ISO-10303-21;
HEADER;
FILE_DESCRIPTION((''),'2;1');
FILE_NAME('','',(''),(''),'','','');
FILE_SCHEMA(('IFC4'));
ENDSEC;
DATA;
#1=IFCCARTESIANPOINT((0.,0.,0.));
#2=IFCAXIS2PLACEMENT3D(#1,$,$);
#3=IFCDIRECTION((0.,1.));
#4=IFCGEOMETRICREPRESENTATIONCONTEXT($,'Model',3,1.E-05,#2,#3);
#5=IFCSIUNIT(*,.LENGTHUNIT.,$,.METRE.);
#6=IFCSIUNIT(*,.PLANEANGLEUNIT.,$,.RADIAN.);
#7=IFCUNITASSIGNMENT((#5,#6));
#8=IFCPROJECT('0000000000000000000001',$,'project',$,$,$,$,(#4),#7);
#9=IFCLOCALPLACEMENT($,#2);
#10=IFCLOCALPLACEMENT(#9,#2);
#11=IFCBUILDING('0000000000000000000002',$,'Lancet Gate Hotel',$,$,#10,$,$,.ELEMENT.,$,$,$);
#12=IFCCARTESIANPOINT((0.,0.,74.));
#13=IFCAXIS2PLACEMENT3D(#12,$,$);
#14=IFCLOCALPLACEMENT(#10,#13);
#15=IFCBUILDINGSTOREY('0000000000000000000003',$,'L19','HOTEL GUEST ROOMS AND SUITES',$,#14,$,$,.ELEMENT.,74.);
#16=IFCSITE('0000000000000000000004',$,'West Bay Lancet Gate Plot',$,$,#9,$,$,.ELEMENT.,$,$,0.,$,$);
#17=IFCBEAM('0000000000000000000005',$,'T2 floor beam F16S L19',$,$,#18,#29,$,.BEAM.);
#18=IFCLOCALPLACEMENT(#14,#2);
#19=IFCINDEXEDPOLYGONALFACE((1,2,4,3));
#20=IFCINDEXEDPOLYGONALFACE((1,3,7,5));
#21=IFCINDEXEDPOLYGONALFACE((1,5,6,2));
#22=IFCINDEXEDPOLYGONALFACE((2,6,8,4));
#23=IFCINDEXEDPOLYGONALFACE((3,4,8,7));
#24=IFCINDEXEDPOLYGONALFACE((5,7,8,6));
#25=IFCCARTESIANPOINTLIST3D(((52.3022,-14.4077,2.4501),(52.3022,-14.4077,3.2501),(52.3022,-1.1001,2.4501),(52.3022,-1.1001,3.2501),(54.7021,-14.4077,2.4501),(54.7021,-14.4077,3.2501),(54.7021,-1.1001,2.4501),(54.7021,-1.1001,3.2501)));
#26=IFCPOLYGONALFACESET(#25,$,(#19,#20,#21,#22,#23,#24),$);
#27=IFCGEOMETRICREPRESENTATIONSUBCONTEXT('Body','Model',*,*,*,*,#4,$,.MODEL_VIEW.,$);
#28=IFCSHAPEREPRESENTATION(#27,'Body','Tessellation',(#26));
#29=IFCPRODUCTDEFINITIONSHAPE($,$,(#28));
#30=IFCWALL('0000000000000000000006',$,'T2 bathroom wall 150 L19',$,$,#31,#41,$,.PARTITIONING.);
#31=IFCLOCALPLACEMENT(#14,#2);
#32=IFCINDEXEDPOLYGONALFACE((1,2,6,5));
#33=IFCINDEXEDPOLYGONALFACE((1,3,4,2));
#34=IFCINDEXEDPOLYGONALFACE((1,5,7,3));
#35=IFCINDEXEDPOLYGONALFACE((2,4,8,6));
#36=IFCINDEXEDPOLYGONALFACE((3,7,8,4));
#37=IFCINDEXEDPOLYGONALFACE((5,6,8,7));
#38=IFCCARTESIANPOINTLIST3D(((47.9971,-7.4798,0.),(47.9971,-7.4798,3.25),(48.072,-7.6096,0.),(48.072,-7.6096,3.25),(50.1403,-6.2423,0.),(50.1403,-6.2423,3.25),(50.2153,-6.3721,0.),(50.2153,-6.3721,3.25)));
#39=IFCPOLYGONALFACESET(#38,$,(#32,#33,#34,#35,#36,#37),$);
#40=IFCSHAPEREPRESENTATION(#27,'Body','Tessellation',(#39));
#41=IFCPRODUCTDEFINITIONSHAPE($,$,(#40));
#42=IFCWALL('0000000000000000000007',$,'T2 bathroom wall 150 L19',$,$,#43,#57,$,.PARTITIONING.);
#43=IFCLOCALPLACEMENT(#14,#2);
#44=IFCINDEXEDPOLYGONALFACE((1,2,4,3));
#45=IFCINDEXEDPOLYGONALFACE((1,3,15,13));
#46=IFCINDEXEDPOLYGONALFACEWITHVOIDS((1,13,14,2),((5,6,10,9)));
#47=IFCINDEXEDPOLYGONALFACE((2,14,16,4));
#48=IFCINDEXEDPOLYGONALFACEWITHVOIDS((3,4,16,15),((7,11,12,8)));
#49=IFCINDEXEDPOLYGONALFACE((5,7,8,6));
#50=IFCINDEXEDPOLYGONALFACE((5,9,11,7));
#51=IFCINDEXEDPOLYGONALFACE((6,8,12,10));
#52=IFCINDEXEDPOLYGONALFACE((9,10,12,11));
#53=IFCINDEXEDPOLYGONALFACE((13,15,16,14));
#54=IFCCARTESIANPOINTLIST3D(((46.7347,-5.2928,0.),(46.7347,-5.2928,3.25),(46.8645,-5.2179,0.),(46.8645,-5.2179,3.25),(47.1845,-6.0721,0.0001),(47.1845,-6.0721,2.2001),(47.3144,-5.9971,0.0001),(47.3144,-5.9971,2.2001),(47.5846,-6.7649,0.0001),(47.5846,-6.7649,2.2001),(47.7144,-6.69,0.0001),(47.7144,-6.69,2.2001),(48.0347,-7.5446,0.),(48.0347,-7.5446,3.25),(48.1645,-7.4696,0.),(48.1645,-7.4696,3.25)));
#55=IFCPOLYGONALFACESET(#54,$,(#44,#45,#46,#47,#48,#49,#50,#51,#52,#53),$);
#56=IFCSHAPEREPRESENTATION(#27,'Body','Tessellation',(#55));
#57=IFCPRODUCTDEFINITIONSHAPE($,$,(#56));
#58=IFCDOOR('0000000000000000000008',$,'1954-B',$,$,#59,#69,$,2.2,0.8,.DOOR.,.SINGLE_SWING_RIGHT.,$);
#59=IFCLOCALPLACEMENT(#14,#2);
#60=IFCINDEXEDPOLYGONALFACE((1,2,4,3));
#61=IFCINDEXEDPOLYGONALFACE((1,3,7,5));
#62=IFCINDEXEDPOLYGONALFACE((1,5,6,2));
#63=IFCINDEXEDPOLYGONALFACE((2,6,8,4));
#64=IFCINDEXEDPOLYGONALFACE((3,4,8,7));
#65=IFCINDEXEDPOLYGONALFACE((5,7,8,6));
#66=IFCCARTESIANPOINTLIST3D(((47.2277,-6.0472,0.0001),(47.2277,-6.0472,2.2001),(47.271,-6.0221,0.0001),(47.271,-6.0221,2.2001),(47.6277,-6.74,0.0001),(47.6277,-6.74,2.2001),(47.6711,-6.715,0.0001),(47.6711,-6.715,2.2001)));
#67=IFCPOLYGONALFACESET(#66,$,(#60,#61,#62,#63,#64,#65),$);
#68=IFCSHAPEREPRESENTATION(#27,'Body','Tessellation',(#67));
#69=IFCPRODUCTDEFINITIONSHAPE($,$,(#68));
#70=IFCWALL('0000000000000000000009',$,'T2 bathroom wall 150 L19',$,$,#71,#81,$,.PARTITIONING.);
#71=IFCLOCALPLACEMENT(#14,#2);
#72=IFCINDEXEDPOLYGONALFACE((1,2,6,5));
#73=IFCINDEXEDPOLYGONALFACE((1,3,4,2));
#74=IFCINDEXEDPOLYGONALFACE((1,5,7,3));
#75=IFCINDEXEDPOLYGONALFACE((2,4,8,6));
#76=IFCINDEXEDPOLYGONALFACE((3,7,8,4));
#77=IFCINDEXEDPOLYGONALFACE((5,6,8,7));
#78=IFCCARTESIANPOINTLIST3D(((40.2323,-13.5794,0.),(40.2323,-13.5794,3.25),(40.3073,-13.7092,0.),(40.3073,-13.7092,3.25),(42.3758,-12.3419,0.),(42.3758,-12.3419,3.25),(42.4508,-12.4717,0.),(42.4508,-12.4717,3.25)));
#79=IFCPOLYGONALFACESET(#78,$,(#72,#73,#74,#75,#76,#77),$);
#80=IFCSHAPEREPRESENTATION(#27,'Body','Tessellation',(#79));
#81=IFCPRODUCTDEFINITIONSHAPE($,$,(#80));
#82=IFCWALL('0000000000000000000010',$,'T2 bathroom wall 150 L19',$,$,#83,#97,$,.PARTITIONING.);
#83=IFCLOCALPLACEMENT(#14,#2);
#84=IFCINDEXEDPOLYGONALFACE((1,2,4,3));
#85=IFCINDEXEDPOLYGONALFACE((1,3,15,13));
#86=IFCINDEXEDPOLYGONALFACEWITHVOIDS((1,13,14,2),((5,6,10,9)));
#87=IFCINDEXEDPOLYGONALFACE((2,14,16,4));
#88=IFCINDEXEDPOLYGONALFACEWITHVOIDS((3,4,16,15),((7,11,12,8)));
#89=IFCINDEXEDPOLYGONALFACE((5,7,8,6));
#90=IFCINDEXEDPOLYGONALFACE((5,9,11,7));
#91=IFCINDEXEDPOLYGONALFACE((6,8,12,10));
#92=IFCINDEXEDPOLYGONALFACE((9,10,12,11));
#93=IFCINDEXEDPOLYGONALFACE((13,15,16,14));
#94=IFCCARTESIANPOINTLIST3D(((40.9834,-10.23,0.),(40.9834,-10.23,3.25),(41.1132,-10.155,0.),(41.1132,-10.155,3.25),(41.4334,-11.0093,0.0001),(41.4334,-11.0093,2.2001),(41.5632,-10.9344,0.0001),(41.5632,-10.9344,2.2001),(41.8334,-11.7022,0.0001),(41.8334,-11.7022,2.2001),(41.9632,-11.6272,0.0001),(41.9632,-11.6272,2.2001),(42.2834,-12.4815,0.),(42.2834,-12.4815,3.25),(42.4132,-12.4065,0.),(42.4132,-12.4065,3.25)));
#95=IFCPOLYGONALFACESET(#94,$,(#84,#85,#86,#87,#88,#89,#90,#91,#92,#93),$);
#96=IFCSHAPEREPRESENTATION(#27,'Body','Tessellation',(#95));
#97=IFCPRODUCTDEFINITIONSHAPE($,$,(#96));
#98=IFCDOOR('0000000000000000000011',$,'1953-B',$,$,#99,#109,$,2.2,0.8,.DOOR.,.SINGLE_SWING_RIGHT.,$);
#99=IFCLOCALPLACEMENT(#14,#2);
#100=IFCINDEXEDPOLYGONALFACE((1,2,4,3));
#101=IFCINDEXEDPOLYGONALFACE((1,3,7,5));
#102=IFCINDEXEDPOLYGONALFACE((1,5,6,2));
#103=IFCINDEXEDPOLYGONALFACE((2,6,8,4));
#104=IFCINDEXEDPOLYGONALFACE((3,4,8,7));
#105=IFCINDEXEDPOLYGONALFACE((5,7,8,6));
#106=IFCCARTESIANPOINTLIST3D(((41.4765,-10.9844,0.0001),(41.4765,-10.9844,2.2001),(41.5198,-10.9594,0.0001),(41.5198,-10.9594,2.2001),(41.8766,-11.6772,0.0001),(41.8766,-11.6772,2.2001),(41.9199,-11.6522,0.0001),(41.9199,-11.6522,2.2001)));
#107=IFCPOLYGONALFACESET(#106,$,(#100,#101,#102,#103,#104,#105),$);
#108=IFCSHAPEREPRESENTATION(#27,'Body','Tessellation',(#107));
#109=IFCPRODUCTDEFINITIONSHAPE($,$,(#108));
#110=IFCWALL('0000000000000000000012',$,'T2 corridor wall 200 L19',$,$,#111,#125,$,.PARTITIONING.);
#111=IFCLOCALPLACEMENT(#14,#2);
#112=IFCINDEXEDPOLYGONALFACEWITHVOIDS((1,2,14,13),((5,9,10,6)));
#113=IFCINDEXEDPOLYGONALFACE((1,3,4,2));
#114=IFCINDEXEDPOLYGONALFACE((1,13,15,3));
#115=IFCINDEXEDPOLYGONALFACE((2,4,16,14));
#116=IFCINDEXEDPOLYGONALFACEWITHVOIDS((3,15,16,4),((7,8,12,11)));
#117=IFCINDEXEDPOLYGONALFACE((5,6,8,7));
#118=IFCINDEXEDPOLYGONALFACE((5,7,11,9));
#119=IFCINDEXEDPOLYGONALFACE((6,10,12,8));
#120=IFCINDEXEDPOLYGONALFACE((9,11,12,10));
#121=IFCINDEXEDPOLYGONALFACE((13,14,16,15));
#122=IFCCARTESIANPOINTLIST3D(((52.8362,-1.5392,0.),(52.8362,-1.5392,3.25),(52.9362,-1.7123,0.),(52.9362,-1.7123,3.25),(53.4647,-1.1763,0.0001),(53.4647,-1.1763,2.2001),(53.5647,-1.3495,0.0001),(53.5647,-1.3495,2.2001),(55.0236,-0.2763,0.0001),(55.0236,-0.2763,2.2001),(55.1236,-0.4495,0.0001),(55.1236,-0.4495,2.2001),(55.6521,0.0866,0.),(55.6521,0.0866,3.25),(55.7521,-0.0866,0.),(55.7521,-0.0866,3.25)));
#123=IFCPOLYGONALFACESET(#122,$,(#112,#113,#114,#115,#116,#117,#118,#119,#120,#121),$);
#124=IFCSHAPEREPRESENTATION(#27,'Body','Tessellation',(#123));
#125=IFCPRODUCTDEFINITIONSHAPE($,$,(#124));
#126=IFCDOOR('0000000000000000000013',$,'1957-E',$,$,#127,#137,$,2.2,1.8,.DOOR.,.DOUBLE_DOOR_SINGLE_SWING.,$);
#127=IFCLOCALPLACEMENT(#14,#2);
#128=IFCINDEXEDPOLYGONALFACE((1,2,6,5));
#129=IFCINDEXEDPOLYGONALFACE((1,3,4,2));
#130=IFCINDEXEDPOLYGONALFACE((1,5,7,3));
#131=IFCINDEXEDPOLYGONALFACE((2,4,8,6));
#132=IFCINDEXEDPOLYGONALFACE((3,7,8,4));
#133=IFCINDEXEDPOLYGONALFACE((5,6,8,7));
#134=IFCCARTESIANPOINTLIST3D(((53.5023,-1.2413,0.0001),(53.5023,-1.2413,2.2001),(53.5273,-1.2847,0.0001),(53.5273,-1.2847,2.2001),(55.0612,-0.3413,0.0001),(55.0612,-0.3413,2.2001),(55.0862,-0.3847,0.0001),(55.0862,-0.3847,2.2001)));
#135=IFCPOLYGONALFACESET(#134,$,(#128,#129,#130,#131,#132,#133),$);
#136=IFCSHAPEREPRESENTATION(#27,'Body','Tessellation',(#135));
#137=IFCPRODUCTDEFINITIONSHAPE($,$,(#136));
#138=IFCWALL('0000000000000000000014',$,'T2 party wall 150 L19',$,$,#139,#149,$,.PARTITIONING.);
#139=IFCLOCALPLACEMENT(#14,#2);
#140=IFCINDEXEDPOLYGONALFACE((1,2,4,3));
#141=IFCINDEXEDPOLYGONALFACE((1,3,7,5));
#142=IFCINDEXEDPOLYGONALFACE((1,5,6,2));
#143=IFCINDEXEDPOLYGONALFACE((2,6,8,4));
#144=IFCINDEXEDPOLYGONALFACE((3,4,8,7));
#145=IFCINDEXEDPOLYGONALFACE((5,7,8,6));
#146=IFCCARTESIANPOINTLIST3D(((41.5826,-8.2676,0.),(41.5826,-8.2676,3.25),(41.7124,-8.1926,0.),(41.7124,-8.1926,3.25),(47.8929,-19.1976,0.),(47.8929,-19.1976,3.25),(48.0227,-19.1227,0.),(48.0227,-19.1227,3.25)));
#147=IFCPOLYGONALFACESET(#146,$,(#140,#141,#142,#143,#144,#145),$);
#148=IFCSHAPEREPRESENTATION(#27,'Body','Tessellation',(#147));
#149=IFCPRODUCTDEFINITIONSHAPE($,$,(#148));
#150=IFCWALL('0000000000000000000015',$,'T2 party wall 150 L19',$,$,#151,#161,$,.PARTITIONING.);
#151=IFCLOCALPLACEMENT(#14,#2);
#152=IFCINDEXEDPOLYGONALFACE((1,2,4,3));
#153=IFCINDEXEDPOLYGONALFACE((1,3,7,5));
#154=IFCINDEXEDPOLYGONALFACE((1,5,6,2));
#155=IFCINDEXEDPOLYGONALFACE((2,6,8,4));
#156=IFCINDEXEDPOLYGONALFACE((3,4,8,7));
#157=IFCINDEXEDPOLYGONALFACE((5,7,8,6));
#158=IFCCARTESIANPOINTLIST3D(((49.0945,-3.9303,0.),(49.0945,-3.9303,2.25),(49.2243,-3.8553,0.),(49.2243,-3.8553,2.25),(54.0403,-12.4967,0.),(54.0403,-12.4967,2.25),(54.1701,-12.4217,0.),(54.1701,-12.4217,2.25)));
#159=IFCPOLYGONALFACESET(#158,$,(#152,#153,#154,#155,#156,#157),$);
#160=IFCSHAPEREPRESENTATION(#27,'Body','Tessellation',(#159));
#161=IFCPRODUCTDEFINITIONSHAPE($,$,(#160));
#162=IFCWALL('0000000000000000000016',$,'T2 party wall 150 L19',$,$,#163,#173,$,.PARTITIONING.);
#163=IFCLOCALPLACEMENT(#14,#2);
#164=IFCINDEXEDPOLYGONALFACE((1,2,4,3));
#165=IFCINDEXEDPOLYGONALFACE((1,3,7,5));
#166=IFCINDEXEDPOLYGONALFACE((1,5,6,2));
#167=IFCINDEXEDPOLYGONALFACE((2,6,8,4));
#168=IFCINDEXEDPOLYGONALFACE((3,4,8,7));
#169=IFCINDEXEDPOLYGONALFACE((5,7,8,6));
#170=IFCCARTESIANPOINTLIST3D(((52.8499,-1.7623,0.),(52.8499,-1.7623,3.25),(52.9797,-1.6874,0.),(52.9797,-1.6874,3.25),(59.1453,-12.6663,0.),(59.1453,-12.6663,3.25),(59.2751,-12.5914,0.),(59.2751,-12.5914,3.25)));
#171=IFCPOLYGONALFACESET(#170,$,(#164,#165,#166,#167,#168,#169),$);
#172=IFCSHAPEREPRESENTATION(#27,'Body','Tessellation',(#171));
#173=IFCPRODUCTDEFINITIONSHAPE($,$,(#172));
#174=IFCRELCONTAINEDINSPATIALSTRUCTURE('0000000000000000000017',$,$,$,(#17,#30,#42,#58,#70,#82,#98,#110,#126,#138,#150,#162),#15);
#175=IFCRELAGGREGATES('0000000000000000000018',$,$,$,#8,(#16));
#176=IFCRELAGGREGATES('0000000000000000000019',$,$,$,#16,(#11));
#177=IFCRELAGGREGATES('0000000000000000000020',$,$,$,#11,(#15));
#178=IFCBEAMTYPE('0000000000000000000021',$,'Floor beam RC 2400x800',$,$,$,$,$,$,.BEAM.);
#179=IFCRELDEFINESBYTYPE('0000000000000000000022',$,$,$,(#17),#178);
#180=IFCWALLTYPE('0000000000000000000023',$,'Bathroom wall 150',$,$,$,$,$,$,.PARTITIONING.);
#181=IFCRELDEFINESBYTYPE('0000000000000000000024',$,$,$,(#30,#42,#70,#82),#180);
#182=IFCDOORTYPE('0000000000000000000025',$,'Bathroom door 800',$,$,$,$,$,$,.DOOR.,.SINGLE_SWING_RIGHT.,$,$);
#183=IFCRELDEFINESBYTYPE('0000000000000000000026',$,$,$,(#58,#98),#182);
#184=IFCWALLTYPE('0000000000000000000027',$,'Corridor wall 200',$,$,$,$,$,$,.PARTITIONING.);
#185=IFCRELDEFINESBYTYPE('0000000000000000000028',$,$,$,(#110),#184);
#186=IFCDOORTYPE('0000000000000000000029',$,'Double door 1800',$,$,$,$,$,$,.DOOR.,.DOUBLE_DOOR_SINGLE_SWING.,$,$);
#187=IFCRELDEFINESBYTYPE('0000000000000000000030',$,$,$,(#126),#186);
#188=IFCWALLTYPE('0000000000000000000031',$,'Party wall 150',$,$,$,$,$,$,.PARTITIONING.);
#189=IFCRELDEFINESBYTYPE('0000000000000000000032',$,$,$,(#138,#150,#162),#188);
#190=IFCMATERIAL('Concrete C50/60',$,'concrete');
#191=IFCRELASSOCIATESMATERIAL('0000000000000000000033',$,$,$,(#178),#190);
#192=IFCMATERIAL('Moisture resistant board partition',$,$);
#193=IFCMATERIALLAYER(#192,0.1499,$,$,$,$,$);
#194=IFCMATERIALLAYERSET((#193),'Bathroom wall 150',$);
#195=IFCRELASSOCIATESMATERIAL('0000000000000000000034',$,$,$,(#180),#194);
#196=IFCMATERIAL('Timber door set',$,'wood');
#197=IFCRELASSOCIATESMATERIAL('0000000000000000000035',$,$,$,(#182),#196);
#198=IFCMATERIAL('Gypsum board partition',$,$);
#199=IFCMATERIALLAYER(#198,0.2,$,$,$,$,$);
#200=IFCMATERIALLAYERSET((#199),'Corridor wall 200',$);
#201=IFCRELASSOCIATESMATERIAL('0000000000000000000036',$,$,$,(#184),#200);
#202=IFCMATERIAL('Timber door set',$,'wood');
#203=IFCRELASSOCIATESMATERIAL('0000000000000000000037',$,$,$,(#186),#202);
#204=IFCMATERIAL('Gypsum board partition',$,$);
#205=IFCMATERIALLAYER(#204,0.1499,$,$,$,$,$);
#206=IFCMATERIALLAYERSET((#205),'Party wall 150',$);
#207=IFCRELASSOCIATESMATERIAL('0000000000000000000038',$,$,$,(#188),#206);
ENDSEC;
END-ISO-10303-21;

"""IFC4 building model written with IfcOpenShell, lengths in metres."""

from ifc_helpers import new_model, si_unit, direction, frame, frame_2d, origin, origin_2d, place, context, subcontext, project, spatial, rectangle, extrude, material, layer, layer_set, material_profile, profile_set, type_object, element, fill, save


model = new_model("IFC4")

# Units and contexts
model_context = context("Model", 3, precision=1e-05, world=origin(), true_north=direction((0.0, 1.0)))
body_context = subcontext(model_context, "Body", "Model", "MODEL_VIEW")
ifc_project = project(units=[si_unit("LENGTHUNIT", "METRE"), si_unit("PLANEANGLEUNIT", "RADIAN")], contexts=[model_context])

# Site, building, storey
site_placement = place(None, origin())
site = spatial("IfcSite", under=ifc_project, at=site_placement, Name="West Bay Lancet Gate Plot", CompositionType="ELEMENT", RefElevation=0.0)
building_placement = place(site_placement, origin())
building = spatial("IfcBuilding", under=site, at=building_placement, Name="Lancet Gate Hotel", CompositionType="ELEMENT")
storey_placement = place(building_placement, frame((0.0, 0.0, 74.0)))
storey = spatial("IfcBuildingStorey", under=building, at=storey_placement, Name="L19", Description="HOTEL GUEST ROOMS AND SUITES", CompositionType="ELEMENT", Elevation=74.0)

# Beam
ifc_material_1 = material(Name="Concrete C50/60", Category="concrete")
ifc_material_profile = material_profile(ifc_material_1, rectangle(XDim=2.3999, YDim=0.8, at=origin_2d()), Name="RC 2400x800")
ifc_profile_set = profile_set([ifc_material_profile], Name="Concrete C50/60")
beam_type = type_object("IfcBeamType", Name="Floor beam RC 2400x800", PredefinedType="BEAM", material=ifc_profile_set)
beam_placement = place(storey_placement, frame((53.5022, -14.4077, 2.8501), z_axis=(0.0, 1.0, 0.0), x_axis=(-1.0, 0.0, 0.0)))
element("IfcBeam", 1, at=beam_placement, inside=storey, type_object=beam_type, Name="T2 floor beam F16S L19", PredefinedType="BEAM", context=body_context, shape_type="SweptSolid", body=[
    extrude(rectangle(XDim=2.3999, YDim=0.8, at=origin_2d()), origin(), (0.0, 0.0, 1.0), 13.3076),
])

# Wall
ifc_material_2 = material(Name="Moisture resistant board partition")
ifc_layer_1 = layer(ifc_material_2, 0.1499)
ifc_layer_set_1 = layer_set([ifc_layer_1], Name="Bathroom wall 150")
wall_type_1 = type_object("IfcWallType", Name="Bathroom wall 150", PredefinedType="PARTITIONING", material=ifc_layer_set_1)
wall_1_placement = place(storey_placement, frame((48.0347, -7.5447, 0.0), z_axis=(0.0, 0.0, 1.0), x_axis=(0.866007, 0.500033, 0.0)))
element("IfcWall", 2, at=wall_1_placement, inside=storey, type_object=wall_type_1, Name="T2 bathroom wall 150 L19", PredefinedType="PARTITIONING", context=body_context, shape_type="SweptSolid", body=[
    extrude(rectangle(XDim=2.4749, YDim=0.1499, at=frame_2d((1.2373, 0.0))), origin(), (0.0, 0.0, 1.0), 3.25),
])

# Wall, opening, door
wall_2_placement = place(storey_placement, frame((46.7996, -5.2554, 0.0), z_axis=(0.0, 0.0, 1.0), x_axis=(0.500007, -0.866021, 0.0)))
wall_2 = element("IfcWall", 3, at=wall_2_placement, inside=storey, type_object=wall_type_1, Name="T2 bathroom wall 150 L19", PredefinedType="PARTITIONING", context=body_context, shape_type="SweptSolid", body=[
    extrude(rectangle(XDim=2.6001, YDim=0.1499, at=frame_2d((1.3, 0.0))), origin(), (0.0, 0.0, 1.0), 3.25),
])
opening_1_placement = place(wall_2_placement, frame((0.8999, 0.0, 0.0)))
opening_1 = element("IfcOpeningElement", 4, at=opening_1_placement, cuts=wall_2, PredefinedType="OPENING", context=body_context, shape_type="SweptSolid", body=[
    extrude(rectangle(XDim=0.8, YDim=2.2, at=frame_2d((0.3999, 1.1001))), frame((0.0, 0.085, 0.0), z_axis=(0.0, -1.0, 0.0), x_axis=(1.0, 0.0, 0.0)), (0.0, 0.0, 1.0), 0.1699),
])
ifc_material_3 = material(Name="Timber door set", Category="wood")
door_type_1 = type_object("IfcDoorType", Name="Bathroom door 800", OperationType="SINGLE_SWING_RIGHT", PredefinedType="DOOR", material=ifc_material_3)
door_1_placement = place(opening_1_placement, origin())
door_1 = element("IfcDoor", 5, at=door_1_placement, inside=storey, type_object=door_type_1, Name="1954-B", OperationType="SINGLE_SWING_RIGHT", OverallHeight=2.2, OverallWidth=0.8, PredefinedType="DOOR", context=body_context, shape_type="SweptSolid", body=[
    extrude(rectangle(XDim=0.8, YDim=2.2, at=frame_2d((0.3999, 1.1001))), frame((0.0, 0.0249, 0.0), z_axis=(0.0, -1.0, 0.0), x_axis=(1.0, 0.0, 0.0)), (0.0, 0.0, 1.0), 0.05),
])
fill(opening_1, door_1)

# Wall
wall_3_placement = place(storey_placement, frame((40.2698, -13.6443, 0.0), z_axis=(0.0, 0.0, 1.0), x_axis=(0.866031, 0.49999, 0.0)))
element("IfcWall", 6, at=wall_3_placement, inside=storey, type_object=wall_type_1, Name="T2 bathroom wall 150 L19", PredefinedType="PARTITIONING", context=body_context, shape_type="SweptSolid", body=[
    extrude(rectangle(XDim=2.4751, YDim=0.1499, at=frame_2d((1.2375, 0.0))), origin(), (0.0, 0.0, 1.0), 3.25),
])

# Walls, openings, doors
wall_4_placement = place(storey_placement, frame((41.0483, -10.1926, 0.0), z_axis=(0.0, 0.0, 1.0), x_axis=(0.500048, -0.865998, 0.0)))
wall_4 = element("IfcWall", 7, at=wall_4_placement, inside=storey, type_object=wall_type_1, Name="T2 bathroom wall 150 L19", PredefinedType="PARTITIONING", context=body_context, shape_type="SweptSolid", body=[
    extrude(rectangle(XDim=2.5999, YDim=0.1499, at=frame_2d((1.2998, 0.0))), origin(), (0.0, 0.0, 1.0), 3.25),
])
opening_2_placement = place(wall_4_placement, frame((0.8999, 0.0, 0.0)))
opening_2 = element("IfcOpeningElement", 8, at=opening_2_placement, cuts=wall_4, PredefinedType="OPENING", context=body_context, shape_type="SweptSolid", body=[
    extrude(rectangle(XDim=0.8, YDim=2.2, at=frame_2d((0.3999, 1.1001))), frame((0.0, 0.085, 0.0), z_axis=(0.0, -1.0, 0.0), x_axis=(1.0, 0.0, 0.0)), (0.0, 0.0, 1.0), 0.1699),
])
door_2_placement = place(opening_2_placement, origin())
door_2 = element("IfcDoor", 9, at=door_2_placement, inside=storey, type_object=door_type_1, Name="1953-B", OperationType="SINGLE_SWING_RIGHT", OverallHeight=2.2, OverallWidth=0.8, PredefinedType="DOOR", context=body_context, shape_type="SweptSolid", body=[
    extrude(rectangle(XDim=0.8, YDim=2.2, at=frame_2d((0.3999, 1.1001))), frame((0.0, 0.0249, 0.0), z_axis=(0.0, -1.0, 0.0), x_axis=(1.0, 0.0, 0.0)), (0.0, 0.0, 1.0), 0.05),
])
fill(opening_2, door_2)
ifc_material_4 = material(Name="Gypsum board partition")
ifc_layer_2 = layer(ifc_material_4, 0.2)
ifc_layer_set_2 = layer_set([ifc_layer_2], Name="Corridor wall 200")
wall_type_2 = type_object("IfcWallType", Name="Corridor wall 200", PredefinedType="PARTITIONING", material=ifc_layer_set_2)
wall_5_placement = place(storey_placement, frame((52.8862, -1.6257, 0.0), z_axis=(0.0, 0.0, 1.0), x_axis=(0.866031, 0.499991, 0.0)))
wall_5 = element("IfcWall", 10, at=wall_5_placement, inside=storey, type_object=wall_type_2, Name="T2 corridor wall 200 L19", PredefinedType="PARTITIONING", context=body_context, shape_type="SweptSolid", body=[
    extrude(rectangle(XDim=3.2515, YDim=0.2, at=frame_2d((1.6257, 0.0))), origin(), (0.0, 0.0, 1.0), 3.25),
])
opening_3_placement = place(wall_5_placement, frame((0.7258, 0.0, 0.0)))
opening_3 = element("IfcOpeningElement", 11, at=opening_3_placement, cuts=wall_5, PredefinedType="OPENING", context=body_context, shape_type="SweptSolid", body=[
    extrude(rectangle(XDim=1.8, YDim=2.2, at=frame_2d((0.8999, 1.1001))), frame((0.0, 0.1099, 0.0), z_axis=(0.0, -1.0, 0.0), x_axis=(1.0, 0.0, 0.0)), (0.0, 0.0, 1.0), 0.22),
])
ifc_material_5 = material(Name="Timber door set", Category="wood")
door_type_2 = type_object("IfcDoorType", Name="Double door 1800", OperationType="DOUBLE_DOOR_SINGLE_SWING", PredefinedType="DOOR", material=ifc_material_5)
door_3_placement = place(opening_3_placement, origin())
door_3 = element("IfcDoor", 12, at=door_3_placement, inside=storey, type_object=door_type_2, Name="1957-E", OperationType="DOUBLE_DOOR_SINGLE_SWING", OverallHeight=2.2, OverallWidth=1.8, PredefinedType="DOOR", context=body_context, shape_type="SweptSolid", body=[
    extrude(rectangle(XDim=1.8, YDim=2.2, at=frame_2d((0.8999, 1.1001))), frame((0.0, 0.0249, 0.0), z_axis=(0.0, -1.0, 0.0), x_axis=(1.0, 0.0, 0.0)), (0.0, 0.0, 1.0), 0.05),
])
fill(opening_3, door_3)

# Walls
ifc_material_6 = material(Name="Gypsum board partition")
ifc_layer_3 = layer(ifc_material_6, 0.1499)
ifc_layer_set_3 = layer_set([ifc_layer_3], Name="Party wall 150")
wall_type_3 = type_object("IfcWallType", Name="Party wall 150", PredefinedType="PARTITIONING", material=ifc_layer_set_3)
wall_6_placement = place(storey_placement, frame((41.6475, -8.23, 0.0), z_axis=(0.0, 0.0, 1.0), x_axis=(0.499986, -0.866034, 0.0)))
element("IfcWall", 13, at=wall_6_placement, inside=storey, type_object=wall_type_3, Name="T2 party wall 150 L19", PredefinedType="PARTITIONING", context=body_context, shape_type="SweptSolid", body=[
    extrude(rectangle(XDim=12.6208, YDim=0.1499, at=frame_2d((6.3105, 0.0))), origin(), (0.0, 0.0, 1.0), 3.25),
])
wall_7_placement = place(storey_placement, frame((49.1594, -3.8928, 0.0), z_axis=(0.0, 0.0, 1.0), x_axis=(0.499999, -0.866026, 0.0)))
element("IfcWall", 14, at=wall_7_placement, inside=storey, type_object=wall_type_3, Name="T2 party wall 150 L19", PredefinedType="PARTITIONING", context=body_context, shape_type="SweptSolid", body=[
    extrude(rectangle(XDim=9.8916, YDim=0.1499, at=frame_2d((4.9458, 0.0))), origin(), (0.0, 0.0, 1.0), 2.25),
])
wall_8_placement = place(storey_placement, frame((52.9148, -1.7249, 0.0), z_axis=(0.0, 0.0, 1.0), x_axis=(0.499997, -0.866027, 0.0)))
element("IfcWall", 15, at=wall_8_placement, inside=storey, type_object=wall_type_3, Name="T2 party wall 150 L19", PredefinedType="PARTITIONING", context=body_context, shape_type="SweptSolid", body=[
    extrude(rectangle(XDim=12.5908, YDim=0.1499, at=frame_2d((6.2954, 0.0))), origin(), (0.0, 0.0, 1.0), 3.25),
])

save(model, "model.ifc")
